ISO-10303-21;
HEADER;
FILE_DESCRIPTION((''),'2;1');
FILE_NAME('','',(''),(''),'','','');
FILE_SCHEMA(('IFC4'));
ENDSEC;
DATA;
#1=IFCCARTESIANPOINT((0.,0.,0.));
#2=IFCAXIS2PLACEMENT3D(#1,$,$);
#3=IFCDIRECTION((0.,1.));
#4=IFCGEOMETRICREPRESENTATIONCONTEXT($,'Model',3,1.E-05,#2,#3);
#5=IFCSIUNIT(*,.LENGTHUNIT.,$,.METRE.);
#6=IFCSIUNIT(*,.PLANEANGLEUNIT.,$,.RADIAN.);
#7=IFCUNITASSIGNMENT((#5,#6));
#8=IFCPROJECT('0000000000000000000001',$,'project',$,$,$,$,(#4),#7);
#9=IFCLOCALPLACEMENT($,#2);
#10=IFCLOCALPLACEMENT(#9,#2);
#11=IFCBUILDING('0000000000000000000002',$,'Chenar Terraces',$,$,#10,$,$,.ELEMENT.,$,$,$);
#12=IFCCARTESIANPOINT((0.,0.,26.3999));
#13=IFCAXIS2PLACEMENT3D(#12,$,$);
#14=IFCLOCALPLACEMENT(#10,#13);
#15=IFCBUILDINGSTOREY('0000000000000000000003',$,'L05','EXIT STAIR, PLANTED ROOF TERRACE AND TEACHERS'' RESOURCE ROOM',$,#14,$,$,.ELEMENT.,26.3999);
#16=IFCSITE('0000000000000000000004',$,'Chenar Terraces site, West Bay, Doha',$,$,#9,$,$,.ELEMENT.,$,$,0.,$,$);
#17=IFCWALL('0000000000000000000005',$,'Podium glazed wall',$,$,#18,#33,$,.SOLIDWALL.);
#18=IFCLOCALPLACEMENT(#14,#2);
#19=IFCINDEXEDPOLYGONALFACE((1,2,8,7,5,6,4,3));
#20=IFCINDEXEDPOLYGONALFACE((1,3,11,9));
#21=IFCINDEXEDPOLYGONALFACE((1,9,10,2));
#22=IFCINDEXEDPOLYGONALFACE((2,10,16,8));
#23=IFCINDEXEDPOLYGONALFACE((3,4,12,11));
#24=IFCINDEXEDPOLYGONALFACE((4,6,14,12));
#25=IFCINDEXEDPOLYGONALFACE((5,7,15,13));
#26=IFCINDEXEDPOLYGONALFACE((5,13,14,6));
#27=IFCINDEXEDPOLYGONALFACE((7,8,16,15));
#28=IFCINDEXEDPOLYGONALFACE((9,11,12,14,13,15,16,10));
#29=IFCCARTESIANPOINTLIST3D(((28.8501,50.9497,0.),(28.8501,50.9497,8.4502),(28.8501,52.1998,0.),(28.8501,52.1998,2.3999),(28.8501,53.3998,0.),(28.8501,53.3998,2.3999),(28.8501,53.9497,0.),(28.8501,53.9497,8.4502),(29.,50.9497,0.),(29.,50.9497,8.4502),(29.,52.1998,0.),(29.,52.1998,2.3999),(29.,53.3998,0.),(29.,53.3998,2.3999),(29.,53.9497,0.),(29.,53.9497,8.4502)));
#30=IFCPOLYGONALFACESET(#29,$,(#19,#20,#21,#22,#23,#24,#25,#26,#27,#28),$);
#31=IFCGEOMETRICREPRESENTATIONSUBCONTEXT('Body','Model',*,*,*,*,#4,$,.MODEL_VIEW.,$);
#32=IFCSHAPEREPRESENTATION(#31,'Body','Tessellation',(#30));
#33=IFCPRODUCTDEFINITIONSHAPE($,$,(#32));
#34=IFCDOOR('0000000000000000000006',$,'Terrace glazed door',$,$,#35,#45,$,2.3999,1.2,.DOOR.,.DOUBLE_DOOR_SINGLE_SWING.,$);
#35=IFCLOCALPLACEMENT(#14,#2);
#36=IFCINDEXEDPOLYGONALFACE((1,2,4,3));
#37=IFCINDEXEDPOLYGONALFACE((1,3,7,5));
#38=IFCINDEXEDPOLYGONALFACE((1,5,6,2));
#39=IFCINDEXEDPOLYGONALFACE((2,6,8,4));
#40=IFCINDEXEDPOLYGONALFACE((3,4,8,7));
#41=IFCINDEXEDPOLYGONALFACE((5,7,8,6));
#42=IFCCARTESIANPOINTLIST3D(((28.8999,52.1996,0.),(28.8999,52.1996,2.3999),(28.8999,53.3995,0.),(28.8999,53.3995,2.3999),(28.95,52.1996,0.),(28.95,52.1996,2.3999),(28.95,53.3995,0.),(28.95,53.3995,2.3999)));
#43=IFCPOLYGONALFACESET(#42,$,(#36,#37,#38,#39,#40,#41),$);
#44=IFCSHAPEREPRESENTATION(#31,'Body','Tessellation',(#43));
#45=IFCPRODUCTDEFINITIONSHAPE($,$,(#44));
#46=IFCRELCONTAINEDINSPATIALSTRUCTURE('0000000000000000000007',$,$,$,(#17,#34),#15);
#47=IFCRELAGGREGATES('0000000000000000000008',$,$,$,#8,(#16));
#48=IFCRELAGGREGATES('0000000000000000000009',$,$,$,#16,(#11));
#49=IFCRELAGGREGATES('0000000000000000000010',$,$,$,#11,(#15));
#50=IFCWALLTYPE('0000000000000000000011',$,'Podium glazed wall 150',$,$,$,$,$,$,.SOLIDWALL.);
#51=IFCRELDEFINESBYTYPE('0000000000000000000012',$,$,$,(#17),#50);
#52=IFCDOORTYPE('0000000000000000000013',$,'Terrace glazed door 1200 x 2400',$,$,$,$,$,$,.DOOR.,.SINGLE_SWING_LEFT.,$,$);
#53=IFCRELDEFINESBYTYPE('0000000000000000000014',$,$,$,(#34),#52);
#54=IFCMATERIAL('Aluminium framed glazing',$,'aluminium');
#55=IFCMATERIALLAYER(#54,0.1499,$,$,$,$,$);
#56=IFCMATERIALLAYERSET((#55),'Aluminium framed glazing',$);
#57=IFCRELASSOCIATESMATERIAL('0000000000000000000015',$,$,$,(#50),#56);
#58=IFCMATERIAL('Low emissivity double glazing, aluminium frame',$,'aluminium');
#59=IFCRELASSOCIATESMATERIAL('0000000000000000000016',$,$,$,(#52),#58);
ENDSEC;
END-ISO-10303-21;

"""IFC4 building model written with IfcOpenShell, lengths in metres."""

from ifc_helpers import new_model, si_unit, direction, frame, frame_2d, origin, place, context, subcontext, project, spatial, rectangle, extrude, material, layer, layer_set, type_object, element, fill, save


model = new_model("IFC4")

# Units and contexts
model_context = context("Model", 3, precision=1e-05, world=origin(), true_north=direction((0.0, 1.0)))
body_context = subcontext(model_context, "Body", "Model", "MODEL_VIEW")
ifc_project = project(units=[si_unit("LENGTHUNIT", "METRE"), si_unit("PLANEANGLEUNIT", "RADIAN")], contexts=[model_context])

# Site, building, storey
site_placement = place(None, origin())
site = spatial("IfcSite", under=ifc_project, at=site_placement, Name="Chenar Terraces site, West Bay, Doha", CompositionType="ELEMENT", RefElevation=0.0)
building_placement = place(site_placement, origin())
building = spatial("IfcBuilding", under=site, at=building_placement, Name="Chenar Terraces", CompositionType="ELEMENT")
storey_placement = place(building_placement, frame((0.0, 0.0, 26.3999)))
storey = spatial("IfcBuildingStorey", under=building, at=storey_placement, Name="L05", Description="EXIT STAIR, PLANTED ROOF TERRACE AND TEACHERS' RESOURCE ROOM", CompositionType="ELEMENT", Elevation=26.3999)

# Wall, opening, door
ifc_material_1 = material(Name="Aluminium framed glazing", Category="aluminium")
ifc_layer_1 = layer(ifc_material_1, 0.1499)
ifc_layer_set_1 = layer_set([ifc_layer_1], Name="Aluminium framed glazing")
wall_type_1 = type_object("IfcWallType", Name="Podium glazed wall 150", PredefinedType="SOLIDWALL", material=ifc_layer_set_1)
wall_1_placement = place(storey_placement, frame((28.925, 50.9497, 0.0), z_axis=(0.0, 0.0, 1.0), x_axis=(0.0, 1.0, 0.0)))
wall_1 = element("IfcWall", 1, at=wall_1_placement, inside=storey, type_object=wall_type_1, Name="Podium glazed wall", PredefinedType="SOLIDWALL", context=body_context, shape_type="SweptSolid", body=[
    extrude(rectangle(XDim=3.0, YDim=0.1499, at=frame_2d((1.5, 0.0))), origin(), (0.0, 0.0, 1.0), 8.4502),
])
opening_1_placement = place(wall_1_placement, frame((1.25, 0.0, 0.0)))
opening_1 = element("IfcOpeningElement", 2, at=opening_1_placement, cuts=wall_1, PredefinedType="OPENING", context=body_context, shape_type="SweptSolid", body=[
    extrude(rectangle(XDim=1.2, YDim=2.3999, at=frame_2d((0.6001, 1.2))), frame((0.0, 0.085, 0.0), z_axis=(0.0, -1.0, 0.0), x_axis=(1.0, 0.0, 0.0)), (0.0, 0.0, 1.0), 0.1699),
])
ifc_material_2 = material(Name="Low emissivity double glazing, aluminium frame", Category="aluminium")
door_type_1 = type_object("IfcDoorType", Name="Terrace glazed door 1200 x 2400", OperationType="SINGLE_SWING_LEFT", PredefinedType="DOOR", material=ifc_material_2)
door_1_placement = place(opening_1_placement, frame((1.2, 0.0, 0.0), z_axis=(0.0, 0.0, 1.0), x_axis=(-1.0, 0.0, 0.0)))
door_1 = element("IfcDoor", 3, at=door_1_placement, inside=storey, type_object=door_type_1, Name="Terrace glazed door", OperationType="DOUBLE_DOOR_SINGLE_SWING", OverallHeight=2.3999, OverallWidth=1.2, PredefinedType="DOOR", context=body_context, shape_type="SweptSolid", body=[
    extrude(rectangle(XDim=1.2, YDim=2.3999, at=frame_2d((0.6001, 1.2))), frame((0.0, 0.0249, 0.0), z_axis=(0.0, -1.0, 0.0), x_axis=(1.0, 0.0, 0.0)), (0.0, 0.0, 1.0), 0.05),
])
fill(opening_1, door_1)

save(model, "model.ifc")
